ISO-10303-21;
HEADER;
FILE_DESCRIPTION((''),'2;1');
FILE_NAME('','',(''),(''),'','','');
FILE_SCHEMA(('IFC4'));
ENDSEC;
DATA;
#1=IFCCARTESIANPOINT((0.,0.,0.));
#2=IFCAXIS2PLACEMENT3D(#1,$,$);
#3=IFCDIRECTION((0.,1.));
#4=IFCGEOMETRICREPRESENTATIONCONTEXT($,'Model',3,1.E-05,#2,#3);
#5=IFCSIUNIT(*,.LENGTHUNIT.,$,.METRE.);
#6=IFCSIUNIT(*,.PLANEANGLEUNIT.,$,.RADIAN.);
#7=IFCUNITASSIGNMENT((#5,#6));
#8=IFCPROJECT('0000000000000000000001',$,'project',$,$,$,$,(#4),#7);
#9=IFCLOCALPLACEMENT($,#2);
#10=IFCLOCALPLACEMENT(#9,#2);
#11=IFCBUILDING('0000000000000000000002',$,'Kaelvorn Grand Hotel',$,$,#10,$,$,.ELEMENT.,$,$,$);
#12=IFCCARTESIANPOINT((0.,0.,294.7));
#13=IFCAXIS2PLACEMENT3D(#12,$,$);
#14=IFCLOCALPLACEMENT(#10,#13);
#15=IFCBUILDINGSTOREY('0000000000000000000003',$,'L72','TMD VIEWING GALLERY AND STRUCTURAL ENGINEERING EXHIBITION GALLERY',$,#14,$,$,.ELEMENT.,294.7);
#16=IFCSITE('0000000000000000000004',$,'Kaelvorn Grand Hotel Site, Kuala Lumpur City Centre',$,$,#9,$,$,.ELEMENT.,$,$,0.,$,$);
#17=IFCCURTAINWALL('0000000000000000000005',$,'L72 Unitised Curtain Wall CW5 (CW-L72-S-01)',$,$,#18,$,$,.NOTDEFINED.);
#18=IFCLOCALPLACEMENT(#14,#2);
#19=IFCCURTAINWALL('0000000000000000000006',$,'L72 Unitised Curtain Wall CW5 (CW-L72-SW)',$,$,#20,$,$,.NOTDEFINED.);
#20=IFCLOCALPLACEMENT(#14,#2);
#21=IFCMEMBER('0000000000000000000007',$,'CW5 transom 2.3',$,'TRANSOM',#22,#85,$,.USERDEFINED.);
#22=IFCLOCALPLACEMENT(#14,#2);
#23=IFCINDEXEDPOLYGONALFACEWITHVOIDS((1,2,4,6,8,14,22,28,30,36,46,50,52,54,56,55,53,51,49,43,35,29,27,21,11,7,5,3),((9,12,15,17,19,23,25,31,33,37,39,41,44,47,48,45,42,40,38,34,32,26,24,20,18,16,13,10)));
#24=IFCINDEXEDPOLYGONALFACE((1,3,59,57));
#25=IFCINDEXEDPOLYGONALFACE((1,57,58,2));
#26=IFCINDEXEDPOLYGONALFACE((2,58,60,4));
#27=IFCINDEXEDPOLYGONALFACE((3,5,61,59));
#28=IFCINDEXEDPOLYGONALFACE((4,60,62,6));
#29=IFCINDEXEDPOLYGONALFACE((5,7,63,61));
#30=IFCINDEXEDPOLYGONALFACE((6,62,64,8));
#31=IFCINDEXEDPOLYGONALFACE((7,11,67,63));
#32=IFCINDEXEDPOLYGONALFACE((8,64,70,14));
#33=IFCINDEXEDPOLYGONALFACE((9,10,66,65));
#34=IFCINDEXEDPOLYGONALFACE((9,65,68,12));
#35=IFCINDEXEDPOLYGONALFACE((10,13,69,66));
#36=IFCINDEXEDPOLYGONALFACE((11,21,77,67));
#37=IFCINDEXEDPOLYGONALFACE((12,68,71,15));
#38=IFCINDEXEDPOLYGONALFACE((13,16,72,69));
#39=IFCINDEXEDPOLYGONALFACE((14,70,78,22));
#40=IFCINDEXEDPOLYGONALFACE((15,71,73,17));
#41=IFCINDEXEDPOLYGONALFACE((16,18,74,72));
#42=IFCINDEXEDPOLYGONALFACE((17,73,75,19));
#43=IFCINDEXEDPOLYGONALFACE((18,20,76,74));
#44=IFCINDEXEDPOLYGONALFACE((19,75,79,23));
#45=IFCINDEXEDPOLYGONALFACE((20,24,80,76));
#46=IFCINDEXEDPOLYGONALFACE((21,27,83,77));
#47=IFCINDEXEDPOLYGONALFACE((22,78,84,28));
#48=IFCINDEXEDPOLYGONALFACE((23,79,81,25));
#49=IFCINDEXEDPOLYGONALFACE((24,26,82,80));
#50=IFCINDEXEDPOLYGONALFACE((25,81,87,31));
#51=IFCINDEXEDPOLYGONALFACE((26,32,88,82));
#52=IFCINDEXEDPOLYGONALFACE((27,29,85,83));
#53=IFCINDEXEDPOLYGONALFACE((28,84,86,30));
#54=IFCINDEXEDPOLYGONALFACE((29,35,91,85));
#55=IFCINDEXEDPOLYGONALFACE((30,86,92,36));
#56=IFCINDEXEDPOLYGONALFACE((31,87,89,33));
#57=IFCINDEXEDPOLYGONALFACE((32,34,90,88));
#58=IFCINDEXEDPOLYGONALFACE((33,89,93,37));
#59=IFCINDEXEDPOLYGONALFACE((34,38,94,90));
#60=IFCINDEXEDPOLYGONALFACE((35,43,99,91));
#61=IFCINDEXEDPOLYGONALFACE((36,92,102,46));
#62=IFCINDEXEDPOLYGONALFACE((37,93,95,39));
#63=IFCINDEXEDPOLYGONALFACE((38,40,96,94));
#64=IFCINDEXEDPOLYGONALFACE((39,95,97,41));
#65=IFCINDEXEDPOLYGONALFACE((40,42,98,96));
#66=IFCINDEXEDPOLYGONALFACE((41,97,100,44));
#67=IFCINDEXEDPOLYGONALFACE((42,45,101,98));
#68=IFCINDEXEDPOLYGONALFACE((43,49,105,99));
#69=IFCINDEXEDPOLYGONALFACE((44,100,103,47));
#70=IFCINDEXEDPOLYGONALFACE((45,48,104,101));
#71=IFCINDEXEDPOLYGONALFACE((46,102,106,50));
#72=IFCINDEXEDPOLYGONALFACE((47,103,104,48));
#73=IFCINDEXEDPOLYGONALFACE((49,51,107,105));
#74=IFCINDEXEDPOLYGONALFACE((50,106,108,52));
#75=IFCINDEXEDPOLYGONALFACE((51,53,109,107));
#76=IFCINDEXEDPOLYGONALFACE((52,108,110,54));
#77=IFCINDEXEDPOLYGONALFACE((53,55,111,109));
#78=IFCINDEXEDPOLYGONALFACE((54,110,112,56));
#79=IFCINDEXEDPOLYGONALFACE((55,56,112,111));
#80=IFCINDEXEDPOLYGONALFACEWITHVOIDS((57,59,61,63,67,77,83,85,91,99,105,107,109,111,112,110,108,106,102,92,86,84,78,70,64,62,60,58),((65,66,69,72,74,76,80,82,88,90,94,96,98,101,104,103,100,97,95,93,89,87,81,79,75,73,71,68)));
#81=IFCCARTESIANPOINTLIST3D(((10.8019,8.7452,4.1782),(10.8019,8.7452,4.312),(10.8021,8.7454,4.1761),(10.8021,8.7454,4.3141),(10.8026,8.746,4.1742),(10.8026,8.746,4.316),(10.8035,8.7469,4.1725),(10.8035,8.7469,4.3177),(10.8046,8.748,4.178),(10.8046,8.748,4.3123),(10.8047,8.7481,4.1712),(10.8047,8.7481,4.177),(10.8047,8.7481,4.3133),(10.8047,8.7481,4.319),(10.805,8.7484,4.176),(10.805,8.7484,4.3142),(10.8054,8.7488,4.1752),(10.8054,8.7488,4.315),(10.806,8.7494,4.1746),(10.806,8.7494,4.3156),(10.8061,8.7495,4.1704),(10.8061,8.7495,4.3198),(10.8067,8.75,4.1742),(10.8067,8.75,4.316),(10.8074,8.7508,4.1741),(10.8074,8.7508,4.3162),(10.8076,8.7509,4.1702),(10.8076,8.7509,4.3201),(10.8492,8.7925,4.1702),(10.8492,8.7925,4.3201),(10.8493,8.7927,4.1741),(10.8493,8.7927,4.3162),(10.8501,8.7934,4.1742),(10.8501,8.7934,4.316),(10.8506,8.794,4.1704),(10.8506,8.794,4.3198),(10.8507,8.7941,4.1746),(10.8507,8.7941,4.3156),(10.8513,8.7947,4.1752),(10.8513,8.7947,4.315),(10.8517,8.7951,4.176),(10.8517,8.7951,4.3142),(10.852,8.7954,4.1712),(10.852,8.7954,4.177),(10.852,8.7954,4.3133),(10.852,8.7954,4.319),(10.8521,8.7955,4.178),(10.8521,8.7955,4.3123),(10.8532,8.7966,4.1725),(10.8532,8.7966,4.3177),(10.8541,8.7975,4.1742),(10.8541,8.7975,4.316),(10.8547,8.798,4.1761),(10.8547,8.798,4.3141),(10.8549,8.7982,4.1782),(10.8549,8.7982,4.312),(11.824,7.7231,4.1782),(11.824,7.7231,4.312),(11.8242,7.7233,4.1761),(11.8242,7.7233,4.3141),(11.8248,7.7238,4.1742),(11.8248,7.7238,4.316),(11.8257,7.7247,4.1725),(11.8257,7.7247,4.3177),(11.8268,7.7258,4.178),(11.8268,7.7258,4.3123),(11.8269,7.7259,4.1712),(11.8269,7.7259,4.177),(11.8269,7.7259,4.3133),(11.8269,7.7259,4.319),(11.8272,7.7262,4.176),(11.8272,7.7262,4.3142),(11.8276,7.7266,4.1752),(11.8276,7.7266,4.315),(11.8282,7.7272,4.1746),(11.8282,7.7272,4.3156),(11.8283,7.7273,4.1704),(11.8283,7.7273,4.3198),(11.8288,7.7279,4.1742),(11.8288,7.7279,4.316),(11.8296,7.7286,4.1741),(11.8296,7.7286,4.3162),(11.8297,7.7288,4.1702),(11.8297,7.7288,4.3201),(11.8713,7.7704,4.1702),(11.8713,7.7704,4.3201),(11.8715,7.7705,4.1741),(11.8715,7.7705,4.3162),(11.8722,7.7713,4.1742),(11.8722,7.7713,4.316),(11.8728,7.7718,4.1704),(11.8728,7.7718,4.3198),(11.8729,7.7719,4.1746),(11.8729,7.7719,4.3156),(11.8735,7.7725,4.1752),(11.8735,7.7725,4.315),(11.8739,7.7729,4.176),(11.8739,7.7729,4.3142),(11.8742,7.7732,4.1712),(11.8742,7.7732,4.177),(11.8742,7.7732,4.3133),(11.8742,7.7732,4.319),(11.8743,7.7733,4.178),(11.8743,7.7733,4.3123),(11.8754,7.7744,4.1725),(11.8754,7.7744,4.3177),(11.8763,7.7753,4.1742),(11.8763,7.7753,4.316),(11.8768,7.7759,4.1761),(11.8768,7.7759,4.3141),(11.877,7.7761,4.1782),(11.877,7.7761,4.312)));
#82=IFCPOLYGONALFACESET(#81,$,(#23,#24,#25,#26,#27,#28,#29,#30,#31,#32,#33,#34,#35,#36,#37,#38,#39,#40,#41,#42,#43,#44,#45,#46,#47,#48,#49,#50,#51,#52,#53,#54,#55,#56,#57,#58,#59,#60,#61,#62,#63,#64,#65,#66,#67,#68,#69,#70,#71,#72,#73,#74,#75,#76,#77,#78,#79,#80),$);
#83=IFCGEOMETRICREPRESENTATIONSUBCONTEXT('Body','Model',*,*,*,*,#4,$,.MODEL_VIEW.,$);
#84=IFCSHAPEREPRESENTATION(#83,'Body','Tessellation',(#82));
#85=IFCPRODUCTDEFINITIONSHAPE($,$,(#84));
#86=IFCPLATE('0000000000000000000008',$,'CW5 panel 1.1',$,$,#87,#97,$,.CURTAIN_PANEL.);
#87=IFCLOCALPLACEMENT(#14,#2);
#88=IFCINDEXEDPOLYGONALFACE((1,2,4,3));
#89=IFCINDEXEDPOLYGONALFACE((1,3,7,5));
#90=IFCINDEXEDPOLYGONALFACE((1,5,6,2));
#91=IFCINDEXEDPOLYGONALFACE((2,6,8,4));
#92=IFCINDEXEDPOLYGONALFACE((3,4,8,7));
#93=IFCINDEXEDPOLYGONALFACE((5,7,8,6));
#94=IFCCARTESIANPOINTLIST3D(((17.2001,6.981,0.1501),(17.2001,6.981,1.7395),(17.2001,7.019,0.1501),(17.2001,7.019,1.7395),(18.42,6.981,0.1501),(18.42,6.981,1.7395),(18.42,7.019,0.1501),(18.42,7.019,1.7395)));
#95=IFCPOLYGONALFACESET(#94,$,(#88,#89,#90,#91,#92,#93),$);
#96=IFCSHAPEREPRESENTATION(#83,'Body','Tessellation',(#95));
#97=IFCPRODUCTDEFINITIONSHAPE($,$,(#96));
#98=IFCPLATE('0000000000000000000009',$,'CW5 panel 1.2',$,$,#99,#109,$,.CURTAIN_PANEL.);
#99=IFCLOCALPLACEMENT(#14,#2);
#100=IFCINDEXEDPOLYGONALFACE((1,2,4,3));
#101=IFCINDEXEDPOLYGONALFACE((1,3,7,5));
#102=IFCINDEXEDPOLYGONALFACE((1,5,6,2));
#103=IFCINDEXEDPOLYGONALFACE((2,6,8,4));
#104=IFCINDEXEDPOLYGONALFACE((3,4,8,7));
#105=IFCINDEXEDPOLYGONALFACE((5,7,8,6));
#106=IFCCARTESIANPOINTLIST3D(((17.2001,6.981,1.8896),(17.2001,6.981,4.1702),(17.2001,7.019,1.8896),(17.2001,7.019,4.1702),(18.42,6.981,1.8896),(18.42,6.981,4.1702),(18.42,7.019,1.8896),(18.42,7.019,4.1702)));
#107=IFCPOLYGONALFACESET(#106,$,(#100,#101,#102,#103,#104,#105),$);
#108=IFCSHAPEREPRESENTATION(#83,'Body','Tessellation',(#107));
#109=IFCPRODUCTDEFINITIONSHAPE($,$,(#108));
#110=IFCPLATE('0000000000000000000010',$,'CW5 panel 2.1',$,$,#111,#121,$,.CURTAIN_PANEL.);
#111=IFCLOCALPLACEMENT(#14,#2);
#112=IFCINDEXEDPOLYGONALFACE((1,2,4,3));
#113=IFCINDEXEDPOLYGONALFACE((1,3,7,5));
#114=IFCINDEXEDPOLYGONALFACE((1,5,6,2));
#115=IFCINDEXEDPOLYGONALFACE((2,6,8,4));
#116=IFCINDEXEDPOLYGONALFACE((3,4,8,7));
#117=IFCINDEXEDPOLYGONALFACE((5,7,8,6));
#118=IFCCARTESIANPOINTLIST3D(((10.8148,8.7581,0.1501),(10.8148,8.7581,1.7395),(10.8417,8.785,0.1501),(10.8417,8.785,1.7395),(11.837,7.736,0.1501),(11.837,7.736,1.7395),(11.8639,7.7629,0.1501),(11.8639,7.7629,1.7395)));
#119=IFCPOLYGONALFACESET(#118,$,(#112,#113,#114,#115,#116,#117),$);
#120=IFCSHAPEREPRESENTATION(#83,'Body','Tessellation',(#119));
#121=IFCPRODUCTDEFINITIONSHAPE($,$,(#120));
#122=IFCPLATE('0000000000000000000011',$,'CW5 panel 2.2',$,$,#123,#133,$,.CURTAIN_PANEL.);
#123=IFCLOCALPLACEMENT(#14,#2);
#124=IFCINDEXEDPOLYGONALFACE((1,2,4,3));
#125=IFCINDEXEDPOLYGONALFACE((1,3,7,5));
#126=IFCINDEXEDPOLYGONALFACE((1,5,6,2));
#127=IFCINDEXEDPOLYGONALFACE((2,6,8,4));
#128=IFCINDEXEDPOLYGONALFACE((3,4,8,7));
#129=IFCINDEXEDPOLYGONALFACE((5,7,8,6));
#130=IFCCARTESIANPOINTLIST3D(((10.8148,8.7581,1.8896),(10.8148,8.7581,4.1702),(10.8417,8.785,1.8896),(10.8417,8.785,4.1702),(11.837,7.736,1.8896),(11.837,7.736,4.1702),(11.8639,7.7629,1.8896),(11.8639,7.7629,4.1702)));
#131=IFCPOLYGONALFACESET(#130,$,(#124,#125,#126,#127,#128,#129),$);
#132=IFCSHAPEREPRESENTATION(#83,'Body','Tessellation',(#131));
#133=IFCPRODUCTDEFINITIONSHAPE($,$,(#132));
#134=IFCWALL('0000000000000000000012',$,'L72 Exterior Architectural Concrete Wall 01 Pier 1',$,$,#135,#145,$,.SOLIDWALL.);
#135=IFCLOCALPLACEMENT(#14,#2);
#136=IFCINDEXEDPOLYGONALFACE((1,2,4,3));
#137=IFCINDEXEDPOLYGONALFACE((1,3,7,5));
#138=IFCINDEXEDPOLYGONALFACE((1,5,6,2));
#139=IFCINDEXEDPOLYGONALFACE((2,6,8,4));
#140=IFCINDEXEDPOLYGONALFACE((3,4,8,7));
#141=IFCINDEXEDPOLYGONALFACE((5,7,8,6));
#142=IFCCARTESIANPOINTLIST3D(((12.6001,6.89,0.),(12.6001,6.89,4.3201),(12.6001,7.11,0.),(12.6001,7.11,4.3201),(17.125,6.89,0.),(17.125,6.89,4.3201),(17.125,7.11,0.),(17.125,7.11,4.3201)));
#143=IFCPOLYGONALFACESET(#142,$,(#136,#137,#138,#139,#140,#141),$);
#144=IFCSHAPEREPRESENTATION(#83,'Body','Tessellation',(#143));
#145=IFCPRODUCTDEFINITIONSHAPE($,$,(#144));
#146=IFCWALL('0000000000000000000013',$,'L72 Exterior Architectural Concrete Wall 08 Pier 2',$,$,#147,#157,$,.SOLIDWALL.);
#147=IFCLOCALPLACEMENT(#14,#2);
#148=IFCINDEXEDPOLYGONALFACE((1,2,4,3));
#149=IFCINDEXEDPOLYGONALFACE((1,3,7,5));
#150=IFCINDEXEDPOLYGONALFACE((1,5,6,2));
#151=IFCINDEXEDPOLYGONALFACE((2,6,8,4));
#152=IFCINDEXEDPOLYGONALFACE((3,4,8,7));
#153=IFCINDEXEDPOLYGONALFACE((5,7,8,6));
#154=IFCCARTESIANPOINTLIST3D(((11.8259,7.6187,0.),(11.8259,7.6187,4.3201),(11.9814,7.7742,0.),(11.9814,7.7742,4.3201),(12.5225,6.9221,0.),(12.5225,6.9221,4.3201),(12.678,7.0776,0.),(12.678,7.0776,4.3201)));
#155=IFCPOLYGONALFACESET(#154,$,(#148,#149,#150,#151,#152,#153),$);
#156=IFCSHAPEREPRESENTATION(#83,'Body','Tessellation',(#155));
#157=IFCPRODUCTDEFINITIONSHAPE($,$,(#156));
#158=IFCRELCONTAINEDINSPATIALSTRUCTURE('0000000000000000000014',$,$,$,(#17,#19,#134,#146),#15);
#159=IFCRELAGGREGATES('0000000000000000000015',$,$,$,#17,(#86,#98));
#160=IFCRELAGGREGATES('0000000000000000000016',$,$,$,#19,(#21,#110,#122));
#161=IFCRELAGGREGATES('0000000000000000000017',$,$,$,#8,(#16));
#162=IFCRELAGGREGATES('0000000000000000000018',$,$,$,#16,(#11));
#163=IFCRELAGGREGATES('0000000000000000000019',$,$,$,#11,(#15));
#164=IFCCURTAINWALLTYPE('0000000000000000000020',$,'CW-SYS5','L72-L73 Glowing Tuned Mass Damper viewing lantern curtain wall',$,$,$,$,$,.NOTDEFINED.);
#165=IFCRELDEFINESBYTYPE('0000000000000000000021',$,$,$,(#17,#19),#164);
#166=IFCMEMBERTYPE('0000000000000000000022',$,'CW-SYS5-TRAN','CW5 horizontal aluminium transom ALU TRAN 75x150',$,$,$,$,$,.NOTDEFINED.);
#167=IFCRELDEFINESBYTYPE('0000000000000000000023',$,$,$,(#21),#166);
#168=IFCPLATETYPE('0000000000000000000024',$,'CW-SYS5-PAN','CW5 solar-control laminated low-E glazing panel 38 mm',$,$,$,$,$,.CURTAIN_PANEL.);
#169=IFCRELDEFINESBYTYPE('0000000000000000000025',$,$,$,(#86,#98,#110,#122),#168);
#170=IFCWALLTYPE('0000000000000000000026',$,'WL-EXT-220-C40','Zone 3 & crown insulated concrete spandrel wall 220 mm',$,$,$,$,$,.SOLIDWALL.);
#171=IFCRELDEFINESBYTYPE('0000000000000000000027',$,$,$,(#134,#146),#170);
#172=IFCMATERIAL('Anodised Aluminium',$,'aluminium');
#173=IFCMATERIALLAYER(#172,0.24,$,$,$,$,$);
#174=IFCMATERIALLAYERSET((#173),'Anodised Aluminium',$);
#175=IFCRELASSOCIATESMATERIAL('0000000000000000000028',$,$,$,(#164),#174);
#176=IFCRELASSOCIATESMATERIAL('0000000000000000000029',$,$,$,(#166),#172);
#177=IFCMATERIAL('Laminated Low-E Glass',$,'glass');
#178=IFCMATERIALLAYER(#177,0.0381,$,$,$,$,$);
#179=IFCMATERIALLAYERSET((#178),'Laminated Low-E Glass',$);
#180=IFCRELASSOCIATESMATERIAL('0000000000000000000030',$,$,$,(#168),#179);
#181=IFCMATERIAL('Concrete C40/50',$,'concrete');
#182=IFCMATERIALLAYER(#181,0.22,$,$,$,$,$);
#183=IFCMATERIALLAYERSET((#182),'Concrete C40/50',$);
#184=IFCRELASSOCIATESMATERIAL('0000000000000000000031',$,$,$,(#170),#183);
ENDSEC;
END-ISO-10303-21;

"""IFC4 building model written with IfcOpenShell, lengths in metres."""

from ifc_helpers import new_model, si_unit, direction, frame, frame_2d, origin, origin_2d, place, context, subcontext, project, spatial, rectangle, hollow_rectangle, extrude, material, layer, layer_set, material_profile, profile_set, type_object, element, aggregate, save


model = new_model("IFC4")

# Units and contexts
model_context = context("Model", 3, precision=1e-05, world=origin(), true_north=direction((0.0, 1.0)))
body_context = subcontext(model_context, "Body", "Model", "MODEL_VIEW")
ifc_project = project(units=[si_unit("LENGTHUNIT", "METRE"), si_unit("PLANEANGLEUNIT", "RADIAN")], contexts=[model_context])

# Site, building, storey
site_placement = place(None, origin())
site = spatial("IfcSite", under=ifc_project, at=site_placement, Name="Kaelvorn Grand Hotel Site, Kuala Lumpur City Centre", CompositionType="ELEMENT", RefElevation=0.0)
building_placement = place(site_placement, origin())
building = spatial("IfcBuilding", under=site, at=building_placement, Name="Kaelvorn Grand Hotel", CompositionType="ELEMENT")
storey_placement = place(building_placement, frame((0.0, 0.0, 294.7)))
storey = spatial("IfcBuildingStorey", under=building, at=storey_placement, Name="L72", Description="TMD VIEWING GALLERY AND STRUCTURAL ENGINEERING EXHIBITION GALLERY", CompositionType="ELEMENT", Elevation=294.7)

# Curtain wall
ifc_material_1 = material(Name="Anodised Aluminium", Category="aluminium")
ifc_layer_1 = layer(ifc_material_1, 0.24)
ifc_layer_set_1 = layer_set([ifc_layer_1], Name="Anodised Aluminium")
curtain_wall_type = type_object("IfcCurtainWallType", Name="CW-SYS5", Description="L72-L73 Glowing Tuned Mass Damper viewing lantern curtain wall", PredefinedType="NOTDEFINED", material=ifc_layer_set_1)
curtain_wall_1_placement = place(storey_placement, origin())
curtain_wall_1 = element("IfcCurtainWall", 1, at=curtain_wall_1_placement, inside=storey, type_object=curtain_wall_type, Name="L72 Unitised Curtain Wall CW5 (CW-L72-S-01)", PredefinedType="NOTDEFINED")

# Curtain wall
curtain_wall_2_placement = place(storey_placement, origin())
curtain_wall_2 = element("IfcCurtainWall", 2, at=curtain_wall_2_placement, inside=storey, type_object=curtain_wall_type, Name="L72 Unitised Curtain Wall CW5 (CW-L72-SW)", PredefinedType="NOTDEFINED")

# Member
ifc_material_profile_1 = material_profile(ifc_material_1, hollow_rectangle(XDim=0.075, YDim=0.1499, WallThickness=0.0039, InnerFilletRadius=0.0039, OuterFilletRadius=0.0081, at=origin_2d()), Name="ALU TRAN 75x150")
ifc_profile_set_1 = profile_set([ifc_material_profile_1], Name="Anodised Aluminium")
member_type_1 = type_object("IfcMemberType", Name="CW-SYS5-TRAN", Description="CW5 horizontal aluminium transom ALU TRAN 75x150", PredefinedType="NOTDEFINED", material=ifc_profile_set_1)
member_1_placement = place(storey_placement, frame((10.8284, 8.7717, 4.2451), z_axis=(0.707107, -0.707107, 0.0), x_axis=(0.707107, 0.707107, 0.0)))
member_1 = element("IfcMember", 3, at=member_1_placement, type_object=member_type_1, Name="CW5 transom 2.3", ObjectType="TRANSOM", PredefinedType="USERDEFINED", context=body_context, shape_type="SweptSolid", body=[
    extrude(hollow_rectangle(XDim=0.075, YDim=0.1499, WallThickness=0.0039, InnerFilletRadius=0.0039, OuterFilletRadius=0.0081, at=origin_2d()), origin(), (0.0, 0.0, 1.0), 1.4456),
])

# Plates
ifc_material_2 = material(Name="Laminated Low-E Glass", Category="glass")
ifc_layer_2 = layer(ifc_material_2, 0.0381)
ifc_layer_set_2 = layer_set([ifc_layer_2], Name="Laminated Low-E Glass")
plate_type = type_object("IfcPlateType", Name="CW-SYS5-PAN", Description="CW5 solar-control laminated low-E glazing panel 38 mm", PredefinedType="CURTAIN_PANEL", material=ifc_layer_set_2)
plate_1_placement = place(storey_placement, frame((17.8101, 7.0, 0.1501), z_axis=(0.0, 0.0, 1.0), x_axis=(1.0, 0.0, 0.0)))
plate_1 = element("IfcPlate", 4, at=plate_1_placement, type_object=plate_type, Name="CW5 panel 1.1", PredefinedType="CURTAIN_PANEL", context=body_context, shape_type="SweptSolid", body=[
    extrude(rectangle(XDim=1.22, YDim=0.0381, at=origin_2d()), origin(), (0.0, 0.0, 1.0), 1.5894),
])
plate_2_placement = place(storey_placement, frame((17.8101, 7.0, 1.8896), z_axis=(0.0, 0.0, 1.0), x_axis=(1.0, 0.0, 0.0)))
plate_2 = element("IfcPlate", 5, at=plate_2_placement, type_object=plate_type, Name="CW5 panel 1.2", PredefinedType="CURTAIN_PANEL", context=body_context, shape_type="SweptSolid", body=[
    extrude(rectangle(XDim=1.22, YDim=0.0381, at=origin_2d()), origin(), (0.0, 0.0, 1.0), 2.2805),
])
aggregate(curtain_wall_1, [plate_1, plate_2])
plate_3_placement = place(storey_placement, frame((11.3394, 8.2605, 0.1501), z_axis=(0.0, 0.0, 1.0), x_axis=(0.707107, -0.707107, 0.0)))
plate_3 = element("IfcPlate", 6, at=plate_3_placement, type_object=plate_type, Name="CW5 panel 2.1", PredefinedType="CURTAIN_PANEL", context=body_context, shape_type="SweptSolid", body=[
    extrude(rectangle(XDim=1.4456, YDim=0.0381, at=origin_2d()), origin(), (0.0, 0.0, 1.0), 1.5894),
])
plate_4_placement = place(storey_placement, frame((11.3394, 8.2605, 1.8896), z_axis=(0.0, 0.0, 1.0), x_axis=(0.707107, -0.707107, 0.0)))
plate_4 = element("IfcPlate", 7, at=plate_4_placement, type_object=plate_type, Name="CW5 panel 2.2", PredefinedType="CURTAIN_PANEL", context=body_context, shape_type="SweptSolid", body=[
    extrude(rectangle(XDim=1.4456, YDim=0.0381, at=origin_2d()), origin(), (0.0, 0.0, 1.0), 2.2805),
])
aggregate(curtain_wall_2, [member_1, plate_3, plate_4])

# Walls
ifc_material_3 = material(Name="Concrete C40/50", Category="concrete")
ifc_layer_3 = layer(ifc_material_3, 0.22)
ifc_layer_set_3 = layer_set([ifc_layer_3], Name="Concrete C40/50")
wall_type = type_object("IfcWallType", Name="WL-EXT-220-C40", Description="Zone 3 & crown insulated concrete spandrel wall 220 mm", PredefinedType="SOLIDWALL", material=ifc_layer_set_3)
wall_1_placement = place(storey_placement, frame((12.6001, 7.0, 0.0), z_axis=(0.0, 0.0, 1.0), x_axis=(1.0, 0.0, 0.0)))
element("IfcWall", 8, at=wall_1_placement, inside=storey, type_object=wall_type, Name="L72 Exterior Architectural Concrete Wall 01 Pier 1", PredefinedType="SOLIDWALL", context=body_context, shape_type="SweptSolid", body=[
    extrude(rectangle(XDim=4.5249, YDim=0.22, at=frame_2d((2.2625, 0.0))), origin(), (0.0, 0.0, 1.0), 4.3201),
])
wall_2_placement = place(storey_placement, frame((11.9036, 7.6965, 0.0), z_axis=(0.0, 0.0, 1.0), x_axis=(0.707107, -0.707107, 0.0)))
element("IfcWall", 9, at=wall_2_placement, inside=storey, type_object=wall_type, Name="L72 Exterior Architectural Concrete Wall 08 Pier 2", PredefinedType="SOLIDWALL", context=body_context, shape_type="SweptSolid", body=[
    extrude(rectangle(XDim=0.9851, YDim=0.22, at=frame_2d((0.4927, 0.0))), origin(), (0.0, 0.0, 1.0), 4.3201),
])

save(model, "model.ifc")
